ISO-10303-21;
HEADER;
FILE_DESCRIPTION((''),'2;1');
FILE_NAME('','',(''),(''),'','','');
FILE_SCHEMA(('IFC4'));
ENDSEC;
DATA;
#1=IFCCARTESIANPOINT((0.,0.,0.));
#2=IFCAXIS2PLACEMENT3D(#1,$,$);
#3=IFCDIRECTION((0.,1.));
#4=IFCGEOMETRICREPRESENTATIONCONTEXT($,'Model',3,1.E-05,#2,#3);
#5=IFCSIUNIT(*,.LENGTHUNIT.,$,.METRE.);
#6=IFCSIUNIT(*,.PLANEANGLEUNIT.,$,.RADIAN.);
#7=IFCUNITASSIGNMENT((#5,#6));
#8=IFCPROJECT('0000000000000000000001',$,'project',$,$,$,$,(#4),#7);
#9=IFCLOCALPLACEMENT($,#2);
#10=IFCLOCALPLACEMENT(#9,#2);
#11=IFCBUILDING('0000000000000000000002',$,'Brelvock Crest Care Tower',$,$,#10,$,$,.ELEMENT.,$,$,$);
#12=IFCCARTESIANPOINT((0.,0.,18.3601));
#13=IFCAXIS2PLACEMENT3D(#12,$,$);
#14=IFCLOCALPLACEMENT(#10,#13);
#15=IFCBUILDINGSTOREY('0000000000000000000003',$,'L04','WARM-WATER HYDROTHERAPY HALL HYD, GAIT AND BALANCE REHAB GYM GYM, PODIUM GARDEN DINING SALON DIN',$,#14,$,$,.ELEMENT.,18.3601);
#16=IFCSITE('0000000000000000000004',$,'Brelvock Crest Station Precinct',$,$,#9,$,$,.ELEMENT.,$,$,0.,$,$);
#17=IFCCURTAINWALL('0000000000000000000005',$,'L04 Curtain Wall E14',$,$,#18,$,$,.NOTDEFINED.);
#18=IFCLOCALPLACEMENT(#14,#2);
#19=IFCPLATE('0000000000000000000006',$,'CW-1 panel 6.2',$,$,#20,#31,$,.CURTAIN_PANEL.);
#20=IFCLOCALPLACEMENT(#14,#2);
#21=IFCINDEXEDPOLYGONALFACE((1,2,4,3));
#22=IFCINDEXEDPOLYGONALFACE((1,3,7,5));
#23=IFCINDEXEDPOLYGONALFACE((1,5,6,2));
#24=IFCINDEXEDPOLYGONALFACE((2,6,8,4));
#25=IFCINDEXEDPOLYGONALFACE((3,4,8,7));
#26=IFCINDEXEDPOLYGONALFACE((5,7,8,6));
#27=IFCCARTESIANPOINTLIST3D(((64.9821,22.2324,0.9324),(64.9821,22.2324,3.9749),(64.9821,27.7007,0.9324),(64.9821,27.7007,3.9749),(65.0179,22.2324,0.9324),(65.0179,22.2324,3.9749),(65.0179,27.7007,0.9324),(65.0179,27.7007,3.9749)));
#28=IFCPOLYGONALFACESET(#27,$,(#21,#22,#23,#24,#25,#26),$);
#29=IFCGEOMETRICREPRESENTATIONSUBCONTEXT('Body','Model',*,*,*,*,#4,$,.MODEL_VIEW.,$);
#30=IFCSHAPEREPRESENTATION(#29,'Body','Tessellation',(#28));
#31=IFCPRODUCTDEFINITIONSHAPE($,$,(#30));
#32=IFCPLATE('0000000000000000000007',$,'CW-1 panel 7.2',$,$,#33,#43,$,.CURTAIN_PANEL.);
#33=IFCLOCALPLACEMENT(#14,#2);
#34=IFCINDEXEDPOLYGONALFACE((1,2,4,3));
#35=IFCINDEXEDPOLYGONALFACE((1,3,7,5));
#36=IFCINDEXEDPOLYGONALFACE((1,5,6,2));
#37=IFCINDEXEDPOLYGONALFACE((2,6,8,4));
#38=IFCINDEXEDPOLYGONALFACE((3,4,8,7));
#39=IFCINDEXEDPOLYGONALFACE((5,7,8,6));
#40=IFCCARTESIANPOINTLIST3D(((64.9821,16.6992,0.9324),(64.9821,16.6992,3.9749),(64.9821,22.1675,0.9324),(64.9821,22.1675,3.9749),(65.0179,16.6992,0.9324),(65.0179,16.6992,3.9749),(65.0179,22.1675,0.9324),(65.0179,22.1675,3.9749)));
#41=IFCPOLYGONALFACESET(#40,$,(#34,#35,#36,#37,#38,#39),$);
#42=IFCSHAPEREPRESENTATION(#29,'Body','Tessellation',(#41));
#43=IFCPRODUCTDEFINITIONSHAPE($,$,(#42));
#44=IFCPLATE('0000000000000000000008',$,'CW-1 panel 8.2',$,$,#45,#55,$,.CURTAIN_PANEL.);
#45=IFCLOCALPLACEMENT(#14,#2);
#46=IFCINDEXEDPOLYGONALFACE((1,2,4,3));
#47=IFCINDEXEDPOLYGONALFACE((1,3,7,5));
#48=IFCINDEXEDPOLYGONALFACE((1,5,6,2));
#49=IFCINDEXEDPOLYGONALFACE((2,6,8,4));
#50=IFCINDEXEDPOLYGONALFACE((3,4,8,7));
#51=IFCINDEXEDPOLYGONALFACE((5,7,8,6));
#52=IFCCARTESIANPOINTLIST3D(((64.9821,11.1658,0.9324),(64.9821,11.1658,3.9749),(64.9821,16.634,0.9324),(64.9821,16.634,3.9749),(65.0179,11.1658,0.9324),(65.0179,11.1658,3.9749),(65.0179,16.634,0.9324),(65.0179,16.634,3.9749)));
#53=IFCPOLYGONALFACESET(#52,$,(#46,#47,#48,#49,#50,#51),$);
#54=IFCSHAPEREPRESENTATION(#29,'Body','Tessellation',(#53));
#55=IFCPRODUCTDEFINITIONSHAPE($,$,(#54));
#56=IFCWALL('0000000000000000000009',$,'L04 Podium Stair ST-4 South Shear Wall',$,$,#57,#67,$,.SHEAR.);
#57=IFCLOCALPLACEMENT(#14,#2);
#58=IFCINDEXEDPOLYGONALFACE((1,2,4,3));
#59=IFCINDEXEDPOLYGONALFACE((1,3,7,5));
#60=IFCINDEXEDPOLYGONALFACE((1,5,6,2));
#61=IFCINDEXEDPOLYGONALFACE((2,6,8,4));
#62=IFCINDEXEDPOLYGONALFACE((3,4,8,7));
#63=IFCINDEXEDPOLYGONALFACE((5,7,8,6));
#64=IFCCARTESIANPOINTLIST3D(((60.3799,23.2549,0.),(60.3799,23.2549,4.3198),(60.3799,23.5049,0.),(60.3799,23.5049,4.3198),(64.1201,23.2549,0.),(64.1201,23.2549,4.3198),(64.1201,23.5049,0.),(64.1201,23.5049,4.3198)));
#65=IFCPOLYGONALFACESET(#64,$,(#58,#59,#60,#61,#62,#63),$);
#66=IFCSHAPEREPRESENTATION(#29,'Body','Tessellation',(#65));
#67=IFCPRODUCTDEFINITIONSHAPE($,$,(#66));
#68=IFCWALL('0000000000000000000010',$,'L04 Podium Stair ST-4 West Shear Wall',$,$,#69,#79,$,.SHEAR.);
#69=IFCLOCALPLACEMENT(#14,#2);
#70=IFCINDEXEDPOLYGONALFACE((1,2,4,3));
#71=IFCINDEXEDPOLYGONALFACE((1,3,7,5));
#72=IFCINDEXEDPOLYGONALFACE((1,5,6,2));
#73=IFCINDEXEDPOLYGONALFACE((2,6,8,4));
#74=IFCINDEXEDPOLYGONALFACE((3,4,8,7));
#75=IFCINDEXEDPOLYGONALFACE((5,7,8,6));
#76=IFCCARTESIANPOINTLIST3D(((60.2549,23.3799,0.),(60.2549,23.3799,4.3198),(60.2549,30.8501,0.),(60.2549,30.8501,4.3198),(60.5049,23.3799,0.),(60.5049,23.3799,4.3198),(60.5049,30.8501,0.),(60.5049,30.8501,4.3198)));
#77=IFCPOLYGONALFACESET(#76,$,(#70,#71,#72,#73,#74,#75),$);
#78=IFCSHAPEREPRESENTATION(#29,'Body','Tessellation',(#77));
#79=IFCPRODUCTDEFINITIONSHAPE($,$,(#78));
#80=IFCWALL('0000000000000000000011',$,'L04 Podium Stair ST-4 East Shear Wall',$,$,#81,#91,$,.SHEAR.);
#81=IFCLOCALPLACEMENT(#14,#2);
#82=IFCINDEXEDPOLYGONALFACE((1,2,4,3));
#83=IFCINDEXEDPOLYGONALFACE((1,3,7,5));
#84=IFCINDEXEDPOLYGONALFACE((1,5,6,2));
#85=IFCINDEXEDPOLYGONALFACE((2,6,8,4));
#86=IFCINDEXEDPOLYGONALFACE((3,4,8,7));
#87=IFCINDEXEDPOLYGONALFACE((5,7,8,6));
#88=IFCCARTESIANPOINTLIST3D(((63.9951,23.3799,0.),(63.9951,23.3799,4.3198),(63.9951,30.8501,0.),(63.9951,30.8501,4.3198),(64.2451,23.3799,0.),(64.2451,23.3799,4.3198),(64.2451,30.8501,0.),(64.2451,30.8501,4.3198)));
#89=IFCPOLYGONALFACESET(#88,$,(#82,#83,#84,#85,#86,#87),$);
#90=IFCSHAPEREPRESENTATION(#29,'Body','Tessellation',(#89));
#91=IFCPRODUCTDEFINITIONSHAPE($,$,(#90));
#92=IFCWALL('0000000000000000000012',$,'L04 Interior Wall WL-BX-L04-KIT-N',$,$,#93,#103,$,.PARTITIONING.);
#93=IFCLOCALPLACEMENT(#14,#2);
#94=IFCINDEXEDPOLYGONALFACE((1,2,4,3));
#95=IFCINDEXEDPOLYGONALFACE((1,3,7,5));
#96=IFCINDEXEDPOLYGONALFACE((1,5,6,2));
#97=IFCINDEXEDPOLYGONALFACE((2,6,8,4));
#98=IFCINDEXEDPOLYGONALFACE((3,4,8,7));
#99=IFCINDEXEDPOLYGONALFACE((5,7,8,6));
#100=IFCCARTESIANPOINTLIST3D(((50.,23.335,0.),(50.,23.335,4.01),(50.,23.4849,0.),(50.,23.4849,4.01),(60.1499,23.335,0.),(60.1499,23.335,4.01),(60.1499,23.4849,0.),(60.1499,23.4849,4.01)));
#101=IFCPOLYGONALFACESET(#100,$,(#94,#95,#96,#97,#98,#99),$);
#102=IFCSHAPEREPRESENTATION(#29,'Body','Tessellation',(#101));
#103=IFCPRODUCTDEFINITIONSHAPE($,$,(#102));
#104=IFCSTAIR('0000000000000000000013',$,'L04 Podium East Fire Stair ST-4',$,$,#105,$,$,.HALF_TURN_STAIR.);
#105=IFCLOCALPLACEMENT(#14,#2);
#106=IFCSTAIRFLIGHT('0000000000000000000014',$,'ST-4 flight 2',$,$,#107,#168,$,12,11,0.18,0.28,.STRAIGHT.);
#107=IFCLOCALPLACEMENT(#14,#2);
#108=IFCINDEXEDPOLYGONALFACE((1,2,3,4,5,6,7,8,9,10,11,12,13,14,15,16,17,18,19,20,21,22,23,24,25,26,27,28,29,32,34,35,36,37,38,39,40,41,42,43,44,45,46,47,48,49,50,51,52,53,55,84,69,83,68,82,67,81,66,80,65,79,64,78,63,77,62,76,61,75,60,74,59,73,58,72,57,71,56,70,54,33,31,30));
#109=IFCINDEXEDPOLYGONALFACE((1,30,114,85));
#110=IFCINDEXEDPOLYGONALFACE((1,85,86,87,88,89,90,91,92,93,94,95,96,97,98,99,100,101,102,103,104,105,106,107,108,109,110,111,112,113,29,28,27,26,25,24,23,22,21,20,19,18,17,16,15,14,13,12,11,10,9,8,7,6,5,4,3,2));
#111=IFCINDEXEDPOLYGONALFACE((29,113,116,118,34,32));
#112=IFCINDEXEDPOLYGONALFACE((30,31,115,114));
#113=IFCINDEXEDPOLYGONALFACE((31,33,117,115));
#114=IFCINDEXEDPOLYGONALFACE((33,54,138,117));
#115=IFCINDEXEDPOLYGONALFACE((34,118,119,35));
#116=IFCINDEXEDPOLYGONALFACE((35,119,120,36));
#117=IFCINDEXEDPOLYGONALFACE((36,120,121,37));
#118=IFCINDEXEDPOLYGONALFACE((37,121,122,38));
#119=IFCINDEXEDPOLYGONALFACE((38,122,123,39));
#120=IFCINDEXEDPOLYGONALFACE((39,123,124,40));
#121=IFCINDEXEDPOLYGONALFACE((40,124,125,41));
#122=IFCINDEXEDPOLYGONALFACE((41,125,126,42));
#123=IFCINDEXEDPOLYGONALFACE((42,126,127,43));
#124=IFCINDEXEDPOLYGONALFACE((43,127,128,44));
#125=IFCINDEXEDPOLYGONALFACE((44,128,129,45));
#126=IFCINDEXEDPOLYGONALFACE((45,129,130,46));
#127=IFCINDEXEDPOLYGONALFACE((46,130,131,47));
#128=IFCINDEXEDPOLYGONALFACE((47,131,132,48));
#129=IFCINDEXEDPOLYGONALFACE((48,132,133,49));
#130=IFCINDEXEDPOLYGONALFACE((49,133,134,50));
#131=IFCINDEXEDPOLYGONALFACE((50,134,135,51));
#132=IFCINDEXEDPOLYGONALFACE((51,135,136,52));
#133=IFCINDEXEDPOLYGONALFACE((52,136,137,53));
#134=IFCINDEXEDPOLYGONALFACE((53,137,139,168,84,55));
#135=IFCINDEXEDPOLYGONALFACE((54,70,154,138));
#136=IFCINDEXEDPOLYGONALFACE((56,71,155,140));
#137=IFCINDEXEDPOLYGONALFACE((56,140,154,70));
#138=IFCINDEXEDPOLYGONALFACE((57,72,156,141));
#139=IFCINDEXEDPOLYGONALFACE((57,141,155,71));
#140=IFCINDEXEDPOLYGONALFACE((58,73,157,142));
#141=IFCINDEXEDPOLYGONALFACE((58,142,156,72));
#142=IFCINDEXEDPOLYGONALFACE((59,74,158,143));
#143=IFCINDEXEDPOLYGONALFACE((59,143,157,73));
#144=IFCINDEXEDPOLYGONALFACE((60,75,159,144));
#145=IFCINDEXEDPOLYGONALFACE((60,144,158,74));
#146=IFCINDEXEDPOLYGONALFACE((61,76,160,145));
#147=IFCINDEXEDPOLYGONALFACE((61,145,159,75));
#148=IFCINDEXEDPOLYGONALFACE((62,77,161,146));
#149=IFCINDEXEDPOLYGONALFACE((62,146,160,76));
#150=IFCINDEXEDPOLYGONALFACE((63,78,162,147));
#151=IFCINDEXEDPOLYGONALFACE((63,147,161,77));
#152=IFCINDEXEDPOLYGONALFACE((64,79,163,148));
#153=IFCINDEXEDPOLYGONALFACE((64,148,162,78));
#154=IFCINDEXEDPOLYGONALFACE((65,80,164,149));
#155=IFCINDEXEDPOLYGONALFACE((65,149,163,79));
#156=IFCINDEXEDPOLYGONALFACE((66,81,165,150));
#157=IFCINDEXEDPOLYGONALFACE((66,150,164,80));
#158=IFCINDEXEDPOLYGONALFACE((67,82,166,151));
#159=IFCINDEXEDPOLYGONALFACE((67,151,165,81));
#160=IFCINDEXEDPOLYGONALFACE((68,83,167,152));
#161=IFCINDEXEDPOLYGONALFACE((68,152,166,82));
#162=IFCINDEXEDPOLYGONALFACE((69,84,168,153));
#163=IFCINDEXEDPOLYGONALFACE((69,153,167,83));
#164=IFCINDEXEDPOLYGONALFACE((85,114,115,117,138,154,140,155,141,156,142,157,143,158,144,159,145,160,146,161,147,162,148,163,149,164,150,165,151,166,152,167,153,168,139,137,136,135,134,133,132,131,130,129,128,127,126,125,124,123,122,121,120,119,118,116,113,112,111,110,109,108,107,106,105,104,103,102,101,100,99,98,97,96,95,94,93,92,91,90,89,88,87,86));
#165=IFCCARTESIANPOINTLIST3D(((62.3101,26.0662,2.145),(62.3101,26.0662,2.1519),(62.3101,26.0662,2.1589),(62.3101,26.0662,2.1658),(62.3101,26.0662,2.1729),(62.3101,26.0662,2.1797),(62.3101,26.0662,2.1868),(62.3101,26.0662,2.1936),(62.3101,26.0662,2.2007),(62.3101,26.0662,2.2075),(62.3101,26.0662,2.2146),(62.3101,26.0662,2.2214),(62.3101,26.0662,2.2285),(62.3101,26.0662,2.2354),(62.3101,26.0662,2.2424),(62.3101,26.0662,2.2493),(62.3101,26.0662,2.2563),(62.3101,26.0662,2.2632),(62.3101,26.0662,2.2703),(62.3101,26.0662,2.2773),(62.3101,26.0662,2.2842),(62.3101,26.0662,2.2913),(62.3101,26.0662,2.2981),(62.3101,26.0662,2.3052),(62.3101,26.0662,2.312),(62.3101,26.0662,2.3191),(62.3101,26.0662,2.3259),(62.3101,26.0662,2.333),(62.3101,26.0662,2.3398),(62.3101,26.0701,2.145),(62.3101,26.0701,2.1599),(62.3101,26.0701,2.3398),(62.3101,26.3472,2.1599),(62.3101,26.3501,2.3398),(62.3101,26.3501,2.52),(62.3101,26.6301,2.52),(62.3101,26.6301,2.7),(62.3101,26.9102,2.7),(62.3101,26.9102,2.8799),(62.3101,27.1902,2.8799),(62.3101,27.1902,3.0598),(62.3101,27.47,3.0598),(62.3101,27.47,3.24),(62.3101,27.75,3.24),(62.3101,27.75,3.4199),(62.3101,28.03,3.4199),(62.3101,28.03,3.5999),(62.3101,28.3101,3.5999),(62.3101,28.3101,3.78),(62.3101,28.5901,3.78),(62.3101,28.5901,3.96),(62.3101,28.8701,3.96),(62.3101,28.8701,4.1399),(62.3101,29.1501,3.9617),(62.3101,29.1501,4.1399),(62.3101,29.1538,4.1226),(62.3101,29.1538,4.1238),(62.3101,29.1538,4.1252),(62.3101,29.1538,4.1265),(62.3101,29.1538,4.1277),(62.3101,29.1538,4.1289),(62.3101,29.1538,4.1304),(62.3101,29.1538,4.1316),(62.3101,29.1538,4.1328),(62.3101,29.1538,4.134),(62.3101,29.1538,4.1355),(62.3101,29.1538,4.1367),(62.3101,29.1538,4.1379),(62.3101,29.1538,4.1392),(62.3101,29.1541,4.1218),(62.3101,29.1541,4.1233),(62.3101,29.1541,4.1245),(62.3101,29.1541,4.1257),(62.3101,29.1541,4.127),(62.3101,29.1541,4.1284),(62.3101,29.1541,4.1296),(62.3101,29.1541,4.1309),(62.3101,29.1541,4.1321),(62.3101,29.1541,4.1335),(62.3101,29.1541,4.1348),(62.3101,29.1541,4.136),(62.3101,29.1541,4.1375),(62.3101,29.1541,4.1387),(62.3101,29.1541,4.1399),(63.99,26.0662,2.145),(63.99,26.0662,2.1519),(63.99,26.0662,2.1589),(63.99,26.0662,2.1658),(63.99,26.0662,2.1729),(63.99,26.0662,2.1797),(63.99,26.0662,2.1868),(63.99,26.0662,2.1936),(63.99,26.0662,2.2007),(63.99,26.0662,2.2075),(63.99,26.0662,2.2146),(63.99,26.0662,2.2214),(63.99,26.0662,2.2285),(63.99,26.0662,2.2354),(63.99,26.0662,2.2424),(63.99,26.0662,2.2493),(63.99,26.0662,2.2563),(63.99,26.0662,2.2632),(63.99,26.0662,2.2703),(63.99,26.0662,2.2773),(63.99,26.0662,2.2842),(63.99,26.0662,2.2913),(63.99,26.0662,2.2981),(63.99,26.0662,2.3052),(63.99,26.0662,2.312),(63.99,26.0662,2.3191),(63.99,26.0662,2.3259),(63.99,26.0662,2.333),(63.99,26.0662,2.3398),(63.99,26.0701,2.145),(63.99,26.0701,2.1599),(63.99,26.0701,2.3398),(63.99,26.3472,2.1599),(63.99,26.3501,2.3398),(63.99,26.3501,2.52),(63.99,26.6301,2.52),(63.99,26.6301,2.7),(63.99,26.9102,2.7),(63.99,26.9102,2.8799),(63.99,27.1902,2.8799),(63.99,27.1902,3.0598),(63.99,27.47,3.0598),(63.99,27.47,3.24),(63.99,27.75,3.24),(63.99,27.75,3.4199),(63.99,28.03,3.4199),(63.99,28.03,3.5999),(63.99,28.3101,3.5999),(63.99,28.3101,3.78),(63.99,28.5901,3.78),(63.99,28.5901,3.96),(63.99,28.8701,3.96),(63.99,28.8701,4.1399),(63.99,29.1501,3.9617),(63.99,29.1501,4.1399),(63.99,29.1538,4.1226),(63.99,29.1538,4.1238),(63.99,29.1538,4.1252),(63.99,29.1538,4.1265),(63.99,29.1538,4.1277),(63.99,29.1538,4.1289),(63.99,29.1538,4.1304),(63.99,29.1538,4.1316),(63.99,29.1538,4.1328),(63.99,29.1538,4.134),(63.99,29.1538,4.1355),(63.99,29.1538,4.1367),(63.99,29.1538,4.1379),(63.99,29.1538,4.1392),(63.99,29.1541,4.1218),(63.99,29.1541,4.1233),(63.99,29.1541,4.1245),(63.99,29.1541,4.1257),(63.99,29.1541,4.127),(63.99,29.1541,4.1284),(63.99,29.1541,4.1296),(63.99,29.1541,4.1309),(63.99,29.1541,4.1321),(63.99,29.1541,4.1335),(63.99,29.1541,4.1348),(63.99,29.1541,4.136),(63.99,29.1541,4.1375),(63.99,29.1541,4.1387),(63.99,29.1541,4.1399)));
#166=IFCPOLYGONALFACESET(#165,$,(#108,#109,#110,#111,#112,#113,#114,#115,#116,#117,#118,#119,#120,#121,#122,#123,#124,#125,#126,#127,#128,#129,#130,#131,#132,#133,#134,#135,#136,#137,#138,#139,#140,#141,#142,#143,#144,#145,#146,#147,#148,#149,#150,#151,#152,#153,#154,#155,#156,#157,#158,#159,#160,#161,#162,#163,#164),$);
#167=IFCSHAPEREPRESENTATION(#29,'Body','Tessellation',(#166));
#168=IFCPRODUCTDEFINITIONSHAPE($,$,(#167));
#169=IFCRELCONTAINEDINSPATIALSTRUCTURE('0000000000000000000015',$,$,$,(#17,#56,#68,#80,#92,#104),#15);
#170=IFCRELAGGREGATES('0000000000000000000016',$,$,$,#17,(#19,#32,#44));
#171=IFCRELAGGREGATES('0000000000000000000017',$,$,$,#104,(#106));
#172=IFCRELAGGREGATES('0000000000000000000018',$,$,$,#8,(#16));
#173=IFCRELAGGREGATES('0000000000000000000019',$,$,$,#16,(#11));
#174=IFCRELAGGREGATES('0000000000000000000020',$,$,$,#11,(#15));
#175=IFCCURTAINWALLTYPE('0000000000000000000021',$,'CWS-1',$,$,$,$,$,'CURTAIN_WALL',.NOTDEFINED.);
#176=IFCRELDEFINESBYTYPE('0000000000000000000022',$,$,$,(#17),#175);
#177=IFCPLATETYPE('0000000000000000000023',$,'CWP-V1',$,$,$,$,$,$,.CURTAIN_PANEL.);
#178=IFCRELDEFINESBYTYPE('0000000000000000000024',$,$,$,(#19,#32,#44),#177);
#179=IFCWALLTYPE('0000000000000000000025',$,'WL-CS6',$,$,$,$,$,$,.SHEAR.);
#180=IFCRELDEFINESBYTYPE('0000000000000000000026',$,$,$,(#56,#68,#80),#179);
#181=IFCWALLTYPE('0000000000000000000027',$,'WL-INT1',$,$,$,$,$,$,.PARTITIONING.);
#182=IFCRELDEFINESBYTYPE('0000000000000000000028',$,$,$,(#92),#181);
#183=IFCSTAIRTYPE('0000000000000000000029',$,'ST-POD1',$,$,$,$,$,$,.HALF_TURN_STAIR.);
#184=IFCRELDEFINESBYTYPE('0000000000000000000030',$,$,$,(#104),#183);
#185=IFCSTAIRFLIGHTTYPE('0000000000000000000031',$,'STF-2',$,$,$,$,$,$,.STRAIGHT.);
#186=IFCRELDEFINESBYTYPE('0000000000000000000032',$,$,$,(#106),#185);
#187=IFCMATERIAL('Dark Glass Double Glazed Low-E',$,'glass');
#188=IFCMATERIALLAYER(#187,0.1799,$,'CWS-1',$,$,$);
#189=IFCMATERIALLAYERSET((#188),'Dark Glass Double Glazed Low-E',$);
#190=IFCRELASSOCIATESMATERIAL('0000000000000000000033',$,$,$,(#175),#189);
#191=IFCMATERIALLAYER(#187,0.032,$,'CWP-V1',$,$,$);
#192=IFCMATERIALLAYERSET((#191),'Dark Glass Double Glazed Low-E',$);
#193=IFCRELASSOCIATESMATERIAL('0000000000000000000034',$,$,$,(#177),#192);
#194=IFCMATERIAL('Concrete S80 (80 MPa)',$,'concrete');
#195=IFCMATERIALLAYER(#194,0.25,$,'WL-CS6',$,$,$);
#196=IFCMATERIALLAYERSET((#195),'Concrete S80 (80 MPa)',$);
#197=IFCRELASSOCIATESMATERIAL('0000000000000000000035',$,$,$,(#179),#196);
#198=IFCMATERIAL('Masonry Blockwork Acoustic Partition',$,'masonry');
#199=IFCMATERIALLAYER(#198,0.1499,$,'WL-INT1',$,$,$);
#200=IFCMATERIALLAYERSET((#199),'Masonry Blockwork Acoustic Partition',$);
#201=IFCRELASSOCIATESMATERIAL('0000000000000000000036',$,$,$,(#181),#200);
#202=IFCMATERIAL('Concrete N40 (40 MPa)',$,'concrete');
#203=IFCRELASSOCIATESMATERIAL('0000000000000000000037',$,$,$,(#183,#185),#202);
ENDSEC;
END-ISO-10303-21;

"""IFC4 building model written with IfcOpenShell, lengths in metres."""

from ifc_helpers import new_model, si_unit, direction, frame, frame_2d, origin, origin_2d, place, context, subcontext, project, spatial, polyline, rectangle, outline, extrude, source, transform, mapped, material, layer, layer_set, type_object, element, aggregate, save


model = new_model("IFC4")

# Units and contexts
model_context = context("Model", 3, precision=1e-05, world=origin(), true_north=direction((0.0, 1.0)))
body_context = subcontext(model_context, "Body", "Model", "MODEL_VIEW")
ifc_project = project(units=[si_unit("LENGTHUNIT", "METRE"), si_unit("PLANEANGLEUNIT", "RADIAN")], contexts=[model_context])

# Site, building, storey
site_placement = place(None, origin())
site = spatial("IfcSite", under=ifc_project, at=site_placement, Name="Brelvock Crest Station Precinct", CompositionType="ELEMENT", RefElevation=0.0)
building_placement = place(site_placement, origin())
building = spatial("IfcBuilding", under=site, at=building_placement, Name="Brelvock Crest Care Tower", CompositionType="ELEMENT")
storey_placement = place(building_placement, frame((0.0, 0.0, 18.3601)))
storey = spatial("IfcBuildingStorey", under=building, at=storey_placement, Name="L04", Description="WARM-WATER HYDROTHERAPY HALL HYD, GAIT AND BALANCE REHAB GYM GYM, PODIUM GARDEN DINING SALON DIN", CompositionType="ELEMENT", Elevation=18.3601)

# Curtain wall, plates
ifc_material_1 = material(Name="Dark Glass Double Glazed Low-E", Category="glass")
ifc_layer_1 = layer(ifc_material_1, 0.1799, Name="CWS-1")
ifc_layer_set_1 = layer_set([ifc_layer_1], Name="Dark Glass Double Glazed Low-E")
curtain_wall_type = type_object("IfcCurtainWallType", Name="CWS-1", ElementType="CURTAIN_WALL", PredefinedType="NOTDEFINED", material=ifc_layer_set_1)
curtain_wall_placement = place(storey_placement, origin())
curtain_wall = element("IfcCurtainWall", 1, at=curtain_wall_placement, inside=storey, type_object=curtain_wall_type, Name="L04 Curtain Wall E14", PredefinedType="NOTDEFINED")
ifc_layer_2 = layer(ifc_material_1, 0.032, Name="CWP-V1")
ifc_layer_set_2 = layer_set([ifc_layer_2], Name="Dark Glass Double Glazed Low-E")
plate_type_1 = type_object("IfcPlateType", Name="CWP-V1", PredefinedType="CURTAIN_PANEL", material=ifc_layer_set_2)
shared_shape_1 = source(origin(), body_context, "Body", "SweptSolid", [
    extrude(rectangle(XDim=5.4683, YDim=0.0359, at=origin_2d()), origin(), (0.0, 0.0, 1.0), 3.0425),
])
plate_1_placement = place(storey_placement, frame((65.0, 24.9666, 0.9324), z_axis=(0.0, 0.0, 1.0), x_axis=(0.0, -1.0, 0.0)))
plate_1 = element("IfcPlate", 2, at=plate_1_placement, type_object=plate_type_1, Name="CW-1 panel 6.2", PredefinedType="CURTAIN_PANEL", context=body_context, shape_type="MappedRepresentation", body=[
    mapped(shared_shape_1, transform((0.0, 0.0, 0.0), x_axis=(1.0, 0.0, 0.0), y_axis=(0.0, 1.0, 0.0), z_axis=(0.0, 0.0, 1.0), scale=1.0)),
])
plate_2_placement = place(storey_placement, frame((65.0, 19.4333, 0.9324), z_axis=(0.0, 0.0, 1.0), x_axis=(0.0, -1.0, 0.0)))
plate_2 = element("IfcPlate", 3, at=plate_2_placement, type_object=plate_type_1, Name="CW-1 panel 7.2", PredefinedType="CURTAIN_PANEL", context=body_context, shape_type="MappedRepresentation", body=[
    mapped(shared_shape_1, transform((0.0, 0.0, 0.0), x_axis=(1.0, 0.0, 0.0), y_axis=(0.0, 1.0, 0.0), z_axis=(0.0, 0.0, 1.0), scale=1.0)),
])
plate_3_placement = place(storey_placement, frame((65.0, 13.8999, 0.9324), z_axis=(0.0, 0.0, 1.0), x_axis=(0.0, -1.0, 0.0)))
plate_3 = element("IfcPlate", 4, at=plate_3_placement, type_object=plate_type_1, Name="CW-1 panel 8.2", PredefinedType="CURTAIN_PANEL", context=body_context, shape_type="MappedRepresentation", body=[
    mapped(shared_shape_1, transform((0.0, 0.0, 0.0), x_axis=(1.0, 0.0, 0.0), y_axis=(0.0, 1.0, 0.0), z_axis=(0.0, 0.0, 1.0), scale=1.0)),
])
aggregate(curtain_wall, [plate_1, plate_2, plate_3])

# Walls
ifc_material_2 = material(Name="Concrete S80 (80 MPa)", Category="concrete")
ifc_layer_3 = layer(ifc_material_2, 0.25, Name="WL-CS6")
ifc_layer_set_3 = layer_set([ifc_layer_3], Name="Concrete S80 (80 MPa)")
wall_type_1 = type_object("IfcWallType", Name="WL-CS6", PredefinedType="SHEAR", material=ifc_layer_set_3)
wall_1_placement = place(storey_placement, frame((60.3799, 23.3799, 0.0), z_axis=(0.0, 0.0, 1.0), x_axis=(1.0, 0.0, 0.0)))
element("IfcWall", 5, at=wall_1_placement, inside=storey, type_object=wall_type_1, Name="L04 Podium Stair ST-4 South Shear Wall", PredefinedType="SHEAR", context=body_context, shape_type="SweptSolid", body=[
    extrude(rectangle(XDim=3.7402, YDim=0.25, at=frame_2d((1.8701, 0.0))), origin(), (0.0, 0.0, 1.0), 4.3198),
])
for number, where, z_axis, x_axis, name in (
    (6, (60.3799, 23.3799, 0.0), (0.0, 0.0, 1.0), (0.0, 1.0, 0.0), "L04 Podium Stair ST-4 West Shear Wall"),
    (7, (64.1201, 23.3799, 0.0), (0.0, 0.0, 1.0), (0.0, 1.0, 0.0), "L04 Podium Stair ST-4 East Shear Wall"),
):
    element("IfcWall", number, at=place(storey_placement, frame(where, z_axis=z_axis, x_axis=x_axis)), inside=storey, type_object=wall_type_1, Name=name, PredefinedType="SHEAR", context=body_context, shape_type="SweptSolid", body=[
        extrude(rectangle(XDim=7.4702, YDim=0.25, at=frame_2d((3.7351, 0.0))), origin(), (0.0, 0.0, 1.0), 4.3198),
    ])
ifc_material_3 = material(Name="Masonry Blockwork Acoustic Partition", Category="masonry")
ifc_layer_4 = layer(ifc_material_3, 0.1499, Name="WL-INT1")
ifc_layer_set_4 = layer_set([ifc_layer_4], Name="Masonry Blockwork Acoustic Partition")
wall_type_2 = type_object("IfcWallType", Name="WL-INT1", PredefinedType="PARTITIONING", material=ifc_layer_set_4)
wall_2_placement = place(storey_placement, frame((50.0, 23.4099, 0.0), z_axis=(0.0, 0.0, 1.0), x_axis=(1.0, 0.0, 0.0)))
element("IfcWall", 8, at=wall_2_placement, inside=storey, type_object=wall_type_2, Name="L04 Interior Wall WL-BX-L04-KIT-N", PredefinedType="PARTITIONING", context=body_context, shape_type="SweptSolid", body=[
    extrude(rectangle(XDim=10.1499, YDim=0.1499, at=frame_2d((5.075, 0.0))), origin(), (0.0, 0.0, 1.0), 4.01),
])

# Stair, stair flight
ifc_material_4 = material(Name="Concrete N40 (40 MPa)", Category="concrete")
stair_type = type_object("IfcStairType", Name="ST-POD1", PredefinedType="HALF_TURN_STAIR", material=ifc_material_4)
stair_placement = place(storey_placement, origin())
stair = element("IfcStair", 9, at=stair_placement, inside=storey, type_object=stair_type, Name="L04 Podium East Fire Stair ST-4", PredefinedType="HALF_TURN_STAIR")
stair_flight_type = type_object("IfcStairFlightType", Name="STF-2", PredefinedType="STRAIGHT", material=ifc_material_4)
stair_flight_placement = place(storey_placement, frame((63.1499, 26.0701, 2.1599), z_axis=(0.0, 0.0, 1.0), x_axis=(0.0, 1.0, 0.0)))
stair_flight = element("IfcStairFlight", 10, at=stair_flight_placement, type_object=stair_flight_type, Name="ST-4 flight 2", NumberOfRisers=12, NumberOfTreads=11, PredefinedType="STRAIGHT", RiserHeight=0.18, TreadLength=0.28, context=body_context, shape_type="SweptSolid", body=[
    extrude(outline(polyline([(-0.0039, -0.0149), (-0.0039, -0.0081), (-0.0039, -0.001), (-0.0039, 0.0059), (-0.0039, 0.0129), (-0.0039, 0.0198), (-0.0039, 0.0269), (-0.0039, 0.0337), (-0.0039, 0.0408), (-0.0039, 0.0476), (-0.0039, 0.0547), (-0.0039, 0.0615), (-0.0039, 0.0686), (-0.0039, 0.0754), (-0.0039, 0.0825), (-0.0039, 0.0894), (-0.0039, 0.0964), (-0.0039, 0.1033), (-0.0039, 0.1104), (-0.0039, 0.1174), (-0.0039, 0.1243), (-0.0039, 0.1313), (-0.0039, 0.1382), (-0.0039, 0.1453), (-0.0039, 0.1521), (-0.0039, 0.1592), (-0.0039, 0.166), (-0.0039, 0.1731), (-0.0039, 0.1799), (0.0, 0.1799), (0.28, 0.1799), (0.28, 0.3601), (0.5601, 0.3601), (0.5601, 0.54), (0.8401, 0.54), (0.8401, 0.72), (1.1201, 0.72), (1.1201, 0.8999), (1.3999, 0.8999), (1.3999, 1.0801), (1.6799, 1.0801), (1.6799, 1.26), (1.96, 1.26), (1.96, 1.4399), (2.24, 1.4399), (2.24, 1.6201), (2.52, 1.6201), (2.52, 1.8), (2.8, 1.8), (2.8, 1.98), (3.0801, 1.98), (3.084, 1.98), (3.0837, 1.9792), (3.084, 1.9788), (3.0837, 1.978), (3.084, 1.9775), (3.0837, 1.9768), (3.084, 1.9761), (3.0837, 1.9756), (3.084, 1.9749), (3.0837, 1.9741), (3.084, 1.9736), (3.0837, 1.9729), (3.084, 1.9722), (3.0837, 1.9717), (3.084, 1.9709), (3.0837, 1.9705), (3.084, 1.9697), (3.0837, 1.969), (3.084, 1.9685), (3.0837, 1.9678), (3.084, 1.967), (3.0837, 1.9666), (3.084, 1.9658), (3.0837, 1.9653), (3.084, 1.9646), (3.0837, 1.9639), (3.084, 1.9634), (3.0837, 1.9626), (3.084, 1.9619), (3.0801, 1.8018), (0.2771, 0.0), (0.0, 0.0), (0.0, -0.0149), (-0.0039, -0.0149)])), frame((0.0, 0.8398, 0.0), z_axis=(0.0, -1.0, 0.0), x_axis=(1.0, 0.0, 0.0)), (0.0, 0.0, 1.0), 1.6799),
])
aggregate(stair, [stair_flight])

save(model, "model.ifc")
